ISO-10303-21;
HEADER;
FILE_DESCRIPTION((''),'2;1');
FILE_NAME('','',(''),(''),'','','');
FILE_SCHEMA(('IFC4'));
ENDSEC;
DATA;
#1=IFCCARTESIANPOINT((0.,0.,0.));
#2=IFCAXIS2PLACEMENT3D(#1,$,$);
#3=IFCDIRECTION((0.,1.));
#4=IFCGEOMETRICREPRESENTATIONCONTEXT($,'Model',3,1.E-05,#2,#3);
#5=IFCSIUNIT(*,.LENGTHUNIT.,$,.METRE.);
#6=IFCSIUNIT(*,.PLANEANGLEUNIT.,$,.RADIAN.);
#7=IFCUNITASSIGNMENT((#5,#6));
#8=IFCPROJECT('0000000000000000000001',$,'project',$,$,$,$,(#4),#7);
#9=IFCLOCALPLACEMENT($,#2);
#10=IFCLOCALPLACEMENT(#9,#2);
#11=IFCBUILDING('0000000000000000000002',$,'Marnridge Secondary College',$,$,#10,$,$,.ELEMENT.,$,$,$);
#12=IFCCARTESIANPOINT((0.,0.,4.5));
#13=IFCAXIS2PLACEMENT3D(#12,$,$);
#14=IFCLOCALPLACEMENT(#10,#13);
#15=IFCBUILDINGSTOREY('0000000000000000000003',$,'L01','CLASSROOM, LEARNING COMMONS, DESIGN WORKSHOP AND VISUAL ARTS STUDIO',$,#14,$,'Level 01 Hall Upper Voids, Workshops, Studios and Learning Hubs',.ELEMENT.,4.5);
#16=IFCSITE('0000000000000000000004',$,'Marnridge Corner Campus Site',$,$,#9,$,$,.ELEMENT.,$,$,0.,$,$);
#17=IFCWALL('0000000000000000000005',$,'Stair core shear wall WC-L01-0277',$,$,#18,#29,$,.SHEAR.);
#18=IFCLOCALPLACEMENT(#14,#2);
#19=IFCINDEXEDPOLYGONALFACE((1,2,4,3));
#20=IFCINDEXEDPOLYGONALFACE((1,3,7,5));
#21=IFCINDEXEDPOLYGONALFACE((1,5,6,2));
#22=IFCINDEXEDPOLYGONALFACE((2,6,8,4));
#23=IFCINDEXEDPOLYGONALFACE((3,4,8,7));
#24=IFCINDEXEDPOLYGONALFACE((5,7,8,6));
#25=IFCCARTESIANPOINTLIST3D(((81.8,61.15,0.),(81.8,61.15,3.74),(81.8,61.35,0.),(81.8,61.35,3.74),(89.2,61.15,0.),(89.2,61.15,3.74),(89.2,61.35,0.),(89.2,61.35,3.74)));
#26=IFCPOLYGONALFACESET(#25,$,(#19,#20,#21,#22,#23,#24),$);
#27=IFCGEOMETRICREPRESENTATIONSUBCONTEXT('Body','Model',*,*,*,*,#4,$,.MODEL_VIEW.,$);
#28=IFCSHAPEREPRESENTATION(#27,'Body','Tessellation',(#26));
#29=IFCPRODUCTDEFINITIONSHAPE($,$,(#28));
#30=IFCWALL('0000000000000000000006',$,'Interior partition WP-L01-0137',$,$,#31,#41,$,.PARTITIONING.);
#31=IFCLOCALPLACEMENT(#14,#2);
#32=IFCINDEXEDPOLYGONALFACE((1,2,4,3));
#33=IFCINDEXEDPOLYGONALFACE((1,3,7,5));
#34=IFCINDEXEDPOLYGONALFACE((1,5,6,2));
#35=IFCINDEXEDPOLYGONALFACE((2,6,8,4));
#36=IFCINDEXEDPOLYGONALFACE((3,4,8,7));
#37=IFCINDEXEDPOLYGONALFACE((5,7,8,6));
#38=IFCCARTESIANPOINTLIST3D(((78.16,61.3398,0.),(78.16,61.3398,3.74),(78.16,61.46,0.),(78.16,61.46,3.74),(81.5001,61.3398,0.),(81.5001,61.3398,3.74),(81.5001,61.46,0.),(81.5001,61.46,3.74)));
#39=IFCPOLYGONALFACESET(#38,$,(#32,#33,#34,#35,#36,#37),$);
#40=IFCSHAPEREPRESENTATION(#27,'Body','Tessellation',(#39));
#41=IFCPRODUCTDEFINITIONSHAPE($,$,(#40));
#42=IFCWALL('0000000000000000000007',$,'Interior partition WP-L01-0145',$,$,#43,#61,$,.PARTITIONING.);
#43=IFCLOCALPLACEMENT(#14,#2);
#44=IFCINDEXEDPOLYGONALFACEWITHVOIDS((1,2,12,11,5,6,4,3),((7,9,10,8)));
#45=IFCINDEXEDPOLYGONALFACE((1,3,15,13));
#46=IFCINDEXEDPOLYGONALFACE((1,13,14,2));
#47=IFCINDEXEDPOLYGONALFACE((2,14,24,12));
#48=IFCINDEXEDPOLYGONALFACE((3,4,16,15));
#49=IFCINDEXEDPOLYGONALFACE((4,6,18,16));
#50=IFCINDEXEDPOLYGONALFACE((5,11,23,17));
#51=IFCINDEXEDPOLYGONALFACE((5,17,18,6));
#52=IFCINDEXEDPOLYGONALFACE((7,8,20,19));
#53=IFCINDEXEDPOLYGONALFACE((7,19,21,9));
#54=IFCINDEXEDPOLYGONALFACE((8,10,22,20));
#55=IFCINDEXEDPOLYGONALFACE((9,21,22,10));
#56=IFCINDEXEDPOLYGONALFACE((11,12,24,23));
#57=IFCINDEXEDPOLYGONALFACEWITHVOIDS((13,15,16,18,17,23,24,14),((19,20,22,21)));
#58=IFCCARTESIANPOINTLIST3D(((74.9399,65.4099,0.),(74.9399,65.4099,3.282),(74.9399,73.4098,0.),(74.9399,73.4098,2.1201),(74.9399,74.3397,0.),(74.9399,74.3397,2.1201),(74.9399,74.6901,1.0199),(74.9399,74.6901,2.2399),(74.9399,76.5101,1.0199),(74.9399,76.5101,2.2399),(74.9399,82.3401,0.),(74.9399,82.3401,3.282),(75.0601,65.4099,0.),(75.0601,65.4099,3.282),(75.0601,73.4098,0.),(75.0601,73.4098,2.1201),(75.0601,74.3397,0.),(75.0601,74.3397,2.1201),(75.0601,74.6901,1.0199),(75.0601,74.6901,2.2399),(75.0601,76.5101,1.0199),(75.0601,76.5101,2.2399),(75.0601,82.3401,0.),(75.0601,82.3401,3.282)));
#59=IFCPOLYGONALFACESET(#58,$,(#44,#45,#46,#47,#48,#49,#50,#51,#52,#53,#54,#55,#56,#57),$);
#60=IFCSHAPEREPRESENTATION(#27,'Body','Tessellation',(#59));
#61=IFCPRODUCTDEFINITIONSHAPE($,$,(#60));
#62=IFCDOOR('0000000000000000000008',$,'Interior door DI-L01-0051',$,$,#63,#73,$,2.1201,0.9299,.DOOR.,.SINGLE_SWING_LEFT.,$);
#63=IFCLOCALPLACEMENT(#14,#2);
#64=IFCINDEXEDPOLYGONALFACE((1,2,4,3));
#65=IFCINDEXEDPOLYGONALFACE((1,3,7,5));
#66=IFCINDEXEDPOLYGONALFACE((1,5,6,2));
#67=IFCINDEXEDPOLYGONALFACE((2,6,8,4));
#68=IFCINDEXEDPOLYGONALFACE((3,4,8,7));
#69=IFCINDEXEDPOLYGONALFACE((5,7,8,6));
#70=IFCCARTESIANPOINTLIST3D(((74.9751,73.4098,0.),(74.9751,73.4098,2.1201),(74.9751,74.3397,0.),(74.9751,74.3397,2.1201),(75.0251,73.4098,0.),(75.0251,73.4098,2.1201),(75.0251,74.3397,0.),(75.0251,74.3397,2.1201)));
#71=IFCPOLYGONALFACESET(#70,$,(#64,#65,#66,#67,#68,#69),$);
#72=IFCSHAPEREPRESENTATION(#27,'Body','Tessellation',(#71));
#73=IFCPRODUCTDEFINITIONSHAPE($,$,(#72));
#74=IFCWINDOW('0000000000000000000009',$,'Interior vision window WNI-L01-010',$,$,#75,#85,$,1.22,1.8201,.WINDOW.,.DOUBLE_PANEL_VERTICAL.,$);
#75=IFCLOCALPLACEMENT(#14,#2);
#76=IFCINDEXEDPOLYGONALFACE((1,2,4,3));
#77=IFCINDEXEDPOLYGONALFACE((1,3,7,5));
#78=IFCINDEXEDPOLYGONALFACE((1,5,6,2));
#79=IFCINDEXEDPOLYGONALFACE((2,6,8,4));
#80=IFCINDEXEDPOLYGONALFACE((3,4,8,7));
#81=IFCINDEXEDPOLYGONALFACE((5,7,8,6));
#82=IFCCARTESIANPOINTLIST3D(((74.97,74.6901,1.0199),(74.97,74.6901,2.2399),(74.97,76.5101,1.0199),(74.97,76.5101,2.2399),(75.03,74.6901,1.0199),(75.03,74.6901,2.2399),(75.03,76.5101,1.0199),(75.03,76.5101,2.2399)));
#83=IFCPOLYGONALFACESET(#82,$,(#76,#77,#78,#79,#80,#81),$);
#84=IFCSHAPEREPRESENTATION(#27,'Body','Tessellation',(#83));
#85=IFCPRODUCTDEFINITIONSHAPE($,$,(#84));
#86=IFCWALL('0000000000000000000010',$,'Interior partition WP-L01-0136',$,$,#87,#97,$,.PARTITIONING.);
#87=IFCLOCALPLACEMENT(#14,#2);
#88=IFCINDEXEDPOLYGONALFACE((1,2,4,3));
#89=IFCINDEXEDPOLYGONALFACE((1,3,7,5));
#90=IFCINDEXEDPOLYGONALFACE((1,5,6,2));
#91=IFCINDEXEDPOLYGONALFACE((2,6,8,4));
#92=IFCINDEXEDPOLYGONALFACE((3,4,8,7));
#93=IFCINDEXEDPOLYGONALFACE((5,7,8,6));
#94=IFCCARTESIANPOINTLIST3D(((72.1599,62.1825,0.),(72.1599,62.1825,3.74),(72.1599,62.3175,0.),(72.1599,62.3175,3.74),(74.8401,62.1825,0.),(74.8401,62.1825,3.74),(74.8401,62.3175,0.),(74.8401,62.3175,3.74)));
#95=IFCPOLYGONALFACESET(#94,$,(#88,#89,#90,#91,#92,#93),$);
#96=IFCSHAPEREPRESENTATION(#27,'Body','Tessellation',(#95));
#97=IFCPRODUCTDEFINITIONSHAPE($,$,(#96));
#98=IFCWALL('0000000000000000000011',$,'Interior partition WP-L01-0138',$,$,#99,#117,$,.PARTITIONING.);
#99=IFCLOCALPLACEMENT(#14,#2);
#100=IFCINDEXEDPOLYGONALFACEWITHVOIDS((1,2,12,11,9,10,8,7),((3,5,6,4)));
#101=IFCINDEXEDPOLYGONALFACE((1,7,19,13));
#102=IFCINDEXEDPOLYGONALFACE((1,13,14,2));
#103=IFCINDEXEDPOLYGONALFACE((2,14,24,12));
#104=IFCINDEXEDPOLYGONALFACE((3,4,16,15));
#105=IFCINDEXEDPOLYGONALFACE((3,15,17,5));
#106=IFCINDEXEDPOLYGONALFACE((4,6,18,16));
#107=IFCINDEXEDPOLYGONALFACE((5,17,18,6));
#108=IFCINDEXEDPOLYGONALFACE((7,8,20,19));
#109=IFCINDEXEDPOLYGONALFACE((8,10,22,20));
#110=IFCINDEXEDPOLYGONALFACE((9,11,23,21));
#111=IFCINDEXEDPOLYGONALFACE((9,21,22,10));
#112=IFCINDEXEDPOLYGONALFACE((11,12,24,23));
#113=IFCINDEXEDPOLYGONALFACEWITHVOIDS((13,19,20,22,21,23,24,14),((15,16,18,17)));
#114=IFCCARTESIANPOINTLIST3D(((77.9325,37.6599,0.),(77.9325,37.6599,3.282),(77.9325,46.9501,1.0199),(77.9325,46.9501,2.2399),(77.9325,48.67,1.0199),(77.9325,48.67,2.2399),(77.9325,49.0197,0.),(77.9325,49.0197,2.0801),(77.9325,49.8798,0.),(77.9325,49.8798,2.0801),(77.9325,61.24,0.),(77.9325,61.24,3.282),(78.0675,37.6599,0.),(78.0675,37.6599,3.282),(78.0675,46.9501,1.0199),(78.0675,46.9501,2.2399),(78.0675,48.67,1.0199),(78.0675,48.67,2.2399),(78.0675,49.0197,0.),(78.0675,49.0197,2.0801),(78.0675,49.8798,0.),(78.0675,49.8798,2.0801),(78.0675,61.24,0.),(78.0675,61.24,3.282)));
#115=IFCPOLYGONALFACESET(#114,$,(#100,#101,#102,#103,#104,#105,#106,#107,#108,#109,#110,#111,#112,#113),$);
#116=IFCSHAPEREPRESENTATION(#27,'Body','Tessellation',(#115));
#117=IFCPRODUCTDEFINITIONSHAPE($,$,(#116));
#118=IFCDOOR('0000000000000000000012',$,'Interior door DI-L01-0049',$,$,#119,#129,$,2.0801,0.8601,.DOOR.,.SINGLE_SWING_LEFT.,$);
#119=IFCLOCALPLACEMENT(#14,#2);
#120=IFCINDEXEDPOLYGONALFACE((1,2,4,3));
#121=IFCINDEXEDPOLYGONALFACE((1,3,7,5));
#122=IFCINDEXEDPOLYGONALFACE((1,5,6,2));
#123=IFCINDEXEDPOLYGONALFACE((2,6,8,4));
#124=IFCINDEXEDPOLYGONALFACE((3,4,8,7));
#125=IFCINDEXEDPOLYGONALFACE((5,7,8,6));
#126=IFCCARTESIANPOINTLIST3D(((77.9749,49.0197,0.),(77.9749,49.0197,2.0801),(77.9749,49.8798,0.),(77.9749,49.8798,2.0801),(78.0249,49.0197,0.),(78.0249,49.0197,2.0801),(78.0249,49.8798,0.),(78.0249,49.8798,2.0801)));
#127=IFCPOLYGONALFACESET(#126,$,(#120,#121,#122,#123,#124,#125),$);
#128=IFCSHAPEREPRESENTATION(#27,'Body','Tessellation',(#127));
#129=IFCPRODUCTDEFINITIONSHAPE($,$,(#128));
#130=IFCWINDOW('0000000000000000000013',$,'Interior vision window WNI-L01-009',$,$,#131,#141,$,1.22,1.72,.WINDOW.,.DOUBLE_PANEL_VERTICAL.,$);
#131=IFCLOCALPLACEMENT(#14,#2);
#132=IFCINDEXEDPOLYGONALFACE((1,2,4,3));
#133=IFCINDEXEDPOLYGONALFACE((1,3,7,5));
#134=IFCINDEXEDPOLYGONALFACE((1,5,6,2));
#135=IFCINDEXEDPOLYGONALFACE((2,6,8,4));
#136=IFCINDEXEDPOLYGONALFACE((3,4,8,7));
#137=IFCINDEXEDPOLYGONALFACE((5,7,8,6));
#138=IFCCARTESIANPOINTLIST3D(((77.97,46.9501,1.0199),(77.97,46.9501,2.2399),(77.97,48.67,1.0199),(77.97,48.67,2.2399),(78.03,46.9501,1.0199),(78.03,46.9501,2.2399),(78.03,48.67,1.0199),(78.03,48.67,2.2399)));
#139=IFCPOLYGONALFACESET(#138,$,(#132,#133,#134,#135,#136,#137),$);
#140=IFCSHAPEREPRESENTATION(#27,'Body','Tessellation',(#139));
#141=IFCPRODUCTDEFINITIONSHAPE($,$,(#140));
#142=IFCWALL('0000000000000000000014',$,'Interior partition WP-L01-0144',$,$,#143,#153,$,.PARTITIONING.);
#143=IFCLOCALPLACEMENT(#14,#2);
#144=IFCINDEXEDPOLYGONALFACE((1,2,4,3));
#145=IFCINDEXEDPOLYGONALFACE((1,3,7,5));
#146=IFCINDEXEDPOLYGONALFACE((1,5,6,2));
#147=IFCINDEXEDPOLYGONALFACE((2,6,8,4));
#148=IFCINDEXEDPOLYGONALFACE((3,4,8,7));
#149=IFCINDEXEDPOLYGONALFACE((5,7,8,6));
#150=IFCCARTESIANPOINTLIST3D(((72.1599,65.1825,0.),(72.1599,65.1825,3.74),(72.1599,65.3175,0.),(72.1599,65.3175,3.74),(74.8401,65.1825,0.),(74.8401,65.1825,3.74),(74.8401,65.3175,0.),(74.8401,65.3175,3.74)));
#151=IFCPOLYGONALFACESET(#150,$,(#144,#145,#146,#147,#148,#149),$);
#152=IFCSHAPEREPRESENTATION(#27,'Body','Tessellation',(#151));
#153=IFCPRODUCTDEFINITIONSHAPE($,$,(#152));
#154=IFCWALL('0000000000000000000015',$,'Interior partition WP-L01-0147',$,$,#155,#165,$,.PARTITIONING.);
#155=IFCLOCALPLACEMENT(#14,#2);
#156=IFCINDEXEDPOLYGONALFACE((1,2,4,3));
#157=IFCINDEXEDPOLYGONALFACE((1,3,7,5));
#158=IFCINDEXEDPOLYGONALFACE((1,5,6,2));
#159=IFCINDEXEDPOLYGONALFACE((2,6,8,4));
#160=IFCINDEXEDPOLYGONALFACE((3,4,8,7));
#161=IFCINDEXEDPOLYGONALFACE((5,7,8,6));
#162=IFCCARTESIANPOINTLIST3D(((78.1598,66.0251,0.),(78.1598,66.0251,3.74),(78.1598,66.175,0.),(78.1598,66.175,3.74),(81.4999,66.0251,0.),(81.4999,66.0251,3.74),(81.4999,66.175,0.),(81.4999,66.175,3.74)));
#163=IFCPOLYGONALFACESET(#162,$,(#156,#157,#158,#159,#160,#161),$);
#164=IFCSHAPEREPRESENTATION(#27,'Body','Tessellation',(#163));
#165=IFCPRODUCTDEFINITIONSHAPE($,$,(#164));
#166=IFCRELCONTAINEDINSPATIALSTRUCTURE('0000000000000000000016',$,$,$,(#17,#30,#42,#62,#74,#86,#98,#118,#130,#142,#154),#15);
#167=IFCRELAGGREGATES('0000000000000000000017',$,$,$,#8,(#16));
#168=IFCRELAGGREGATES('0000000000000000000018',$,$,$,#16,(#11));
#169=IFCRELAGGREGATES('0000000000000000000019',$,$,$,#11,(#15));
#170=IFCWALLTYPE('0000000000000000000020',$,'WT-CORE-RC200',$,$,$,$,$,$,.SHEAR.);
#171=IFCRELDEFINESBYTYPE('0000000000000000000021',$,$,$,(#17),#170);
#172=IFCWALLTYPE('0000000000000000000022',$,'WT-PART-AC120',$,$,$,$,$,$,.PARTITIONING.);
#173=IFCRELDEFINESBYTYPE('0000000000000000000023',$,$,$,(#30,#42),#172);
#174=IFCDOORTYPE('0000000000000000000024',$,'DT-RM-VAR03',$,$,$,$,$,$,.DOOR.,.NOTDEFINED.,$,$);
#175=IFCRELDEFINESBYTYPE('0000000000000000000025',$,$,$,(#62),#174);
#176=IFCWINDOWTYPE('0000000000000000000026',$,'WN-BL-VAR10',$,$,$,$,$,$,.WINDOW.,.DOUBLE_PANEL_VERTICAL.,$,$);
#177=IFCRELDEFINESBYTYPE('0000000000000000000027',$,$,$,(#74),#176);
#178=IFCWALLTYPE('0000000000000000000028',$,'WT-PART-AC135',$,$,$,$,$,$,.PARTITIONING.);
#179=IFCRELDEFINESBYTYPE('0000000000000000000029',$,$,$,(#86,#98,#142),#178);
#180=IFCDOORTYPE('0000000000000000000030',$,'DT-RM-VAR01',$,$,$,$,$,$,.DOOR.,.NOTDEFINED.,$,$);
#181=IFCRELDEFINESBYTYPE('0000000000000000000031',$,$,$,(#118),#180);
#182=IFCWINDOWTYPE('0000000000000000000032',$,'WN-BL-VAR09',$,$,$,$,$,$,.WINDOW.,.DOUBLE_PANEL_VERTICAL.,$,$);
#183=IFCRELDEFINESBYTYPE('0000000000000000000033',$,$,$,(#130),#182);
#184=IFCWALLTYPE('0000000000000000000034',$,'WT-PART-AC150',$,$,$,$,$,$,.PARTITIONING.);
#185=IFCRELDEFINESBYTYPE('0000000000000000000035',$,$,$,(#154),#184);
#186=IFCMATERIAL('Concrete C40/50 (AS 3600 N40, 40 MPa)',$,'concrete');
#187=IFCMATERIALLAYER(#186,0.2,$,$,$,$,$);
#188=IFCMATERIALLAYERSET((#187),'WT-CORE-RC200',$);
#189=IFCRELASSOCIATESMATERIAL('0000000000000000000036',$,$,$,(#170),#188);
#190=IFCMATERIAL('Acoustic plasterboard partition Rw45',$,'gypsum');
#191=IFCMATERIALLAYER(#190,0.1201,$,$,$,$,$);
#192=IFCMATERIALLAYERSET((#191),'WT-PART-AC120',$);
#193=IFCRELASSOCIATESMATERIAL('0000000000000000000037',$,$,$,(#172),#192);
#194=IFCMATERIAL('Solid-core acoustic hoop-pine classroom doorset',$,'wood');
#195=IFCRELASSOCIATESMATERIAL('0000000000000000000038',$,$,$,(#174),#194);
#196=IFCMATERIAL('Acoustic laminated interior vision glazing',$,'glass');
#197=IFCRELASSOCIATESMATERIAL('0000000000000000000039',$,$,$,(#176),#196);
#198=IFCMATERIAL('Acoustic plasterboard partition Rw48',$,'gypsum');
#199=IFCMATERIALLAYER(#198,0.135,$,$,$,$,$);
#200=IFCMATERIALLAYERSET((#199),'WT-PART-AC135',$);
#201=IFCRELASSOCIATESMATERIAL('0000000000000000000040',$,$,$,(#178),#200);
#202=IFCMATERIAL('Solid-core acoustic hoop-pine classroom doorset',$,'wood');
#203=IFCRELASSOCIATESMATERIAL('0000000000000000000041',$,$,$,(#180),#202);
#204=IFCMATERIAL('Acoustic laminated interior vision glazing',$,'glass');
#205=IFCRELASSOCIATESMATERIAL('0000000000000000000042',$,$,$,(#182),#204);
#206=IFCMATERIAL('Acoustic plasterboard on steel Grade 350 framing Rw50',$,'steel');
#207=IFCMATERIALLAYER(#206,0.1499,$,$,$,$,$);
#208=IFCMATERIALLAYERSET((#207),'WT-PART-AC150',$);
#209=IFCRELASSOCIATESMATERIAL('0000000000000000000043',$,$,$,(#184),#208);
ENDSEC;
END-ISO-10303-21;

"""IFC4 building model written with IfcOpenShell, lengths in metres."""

from ifc_helpers import new_model, si_unit, direction, frame, frame_2d, origin, place, context, subcontext, project, spatial, rectangle, extrude, material, layer, layer_set, type_object, element, fill, save


model = new_model("IFC4")

# Units and contexts
model_context = context("Model", 3, precision=1e-05, world=origin(), true_north=direction((0.0, 1.0)))
body_context = subcontext(model_context, "Body", "Model", "MODEL_VIEW")
ifc_project = project(units=[si_unit("LENGTHUNIT", "METRE"), si_unit("PLANEANGLEUNIT", "RADIAN")], contexts=[model_context])

# Site, building, storey
site_placement = place(None, origin())
site = spatial("IfcSite", under=ifc_project, at=site_placement, Name="Marnridge Corner Campus Site", CompositionType="ELEMENT", RefElevation=0.0)
building_placement = place(site_placement, origin())
building = spatial("IfcBuilding", under=site, at=building_placement, Name="Marnridge Secondary College", CompositionType="ELEMENT")
storey_placement = place(building_placement, frame((0.0, 0.0, 4.5)))
storey = spatial("IfcBuildingStorey", under=building, at=storey_placement, Name="L01", Description="CLASSROOM, LEARNING COMMONS, DESIGN WORKSHOP AND VISUAL ARTS STUDIO", LongName="Level 01 Hall Upper Voids, Workshops, Studios and Learning Hubs", CompositionType="ELEMENT", Elevation=4.5)

# Wall
ifc_material_1 = material(Name="Concrete C40/50 (AS 3600 N40, 40 MPa)", Category="concrete")
ifc_layer_1 = layer(ifc_material_1, 0.2)
ifc_layer_set_1 = layer_set([ifc_layer_1], Name="WT-CORE-RC200")
wall_type_1 = type_object("IfcWallType", Name="WT-CORE-RC200", PredefinedType="SHEAR", material=ifc_layer_set_1)
wall_1_placement = place(storey_placement, frame((81.8, 61.25, 0.0), z_axis=(0.0, 0.0, 1.0), x_axis=(1.0, 0.0, 0.0)))
element("IfcWall", 1, at=wall_1_placement, inside=storey, type_object=wall_type_1, Name="Stair core shear wall WC-L01-0277", PredefinedType="SHEAR", context=body_context, shape_type="SweptSolid", body=[
    extrude(rectangle(XDim=7.3999, YDim=0.2, at=frame_2d((3.7, 0.0))), origin(), (0.0, 0.0, 1.0), 3.74),
])

# Wall
ifc_material_2 = material(Name="Acoustic plasterboard partition Rw45", Category="gypsum")
ifc_layer_2 = layer(ifc_material_2, 0.1201)
ifc_layer_set_2 = layer_set([ifc_layer_2], Name="WT-PART-AC120")
wall_type_2 = type_object("IfcWallType", Name="WT-PART-AC120", PredefinedType="PARTITIONING", material=ifc_layer_set_2)
wall_2_placement = place(storey_placement, frame((81.5, 61.3999, 0.0), z_axis=(0.0, 0.0, 1.0), x_axis=(-1.0, 0.0, 0.0)))
element("IfcWall", 2, at=wall_2_placement, inside=storey, type_object=wall_type_2, Name="Interior partition WP-L01-0137", PredefinedType="PARTITIONING", context=body_context, shape_type="SweptSolid", body=[
    extrude(rectangle(XDim=3.3401, YDim=0.1201, at=frame_2d((1.6699, 0.0))), origin(), (0.0, 0.0, 1.0), 3.74),
])

# Wall, openings, door, window
wall_3_placement = place(storey_placement, frame((75.0, 65.4099, 0.0), z_axis=(0.0, 0.0, 1.0), x_axis=(0.0, 1.0, 0.0)))
wall_3 = element("IfcWall", 3, at=wall_3_placement, inside=storey, type_object=wall_type_2, Name="Interior partition WP-L01-0145", PredefinedType="PARTITIONING", context=body_context, shape_type="SweptSolid", body=[
    extrude(rectangle(XDim=16.9302, YDim=0.1201, at=frame_2d((8.4651, 0.0))), origin(), (0.0, 0.0, 1.0), 3.282),
])
opening_1_placement = place(wall_3_placement, frame((8.0, 0.0, 0.0)))
opening_1 = element("IfcOpeningElement", 4, at=opening_1_placement, cuts=wall_3, PredefinedType="OPENING", context=body_context, shape_type="SweptSolid", body=[
    extrude(rectangle(XDim=0.9299, YDim=2.1201, at=frame_2d((0.4648, 1.0601))), frame((0.0, 0.0701, 0.0), z_axis=(0.0, -1.0, 0.0), x_axis=(1.0, 0.0, 0.0)), (0.0, 0.0, 1.0), 0.1401),
])
opening_2_placement = place(wall_3_placement, frame((9.28, 0.0, 1.02)))
opening_2 = element("IfcOpeningElement", 5, at=opening_2_placement, cuts=wall_3, PredefinedType="OPENING", context=body_context, shape_type="SweptSolid", body=[
    extrude(rectangle(XDim=1.8201, YDim=1.22, at=frame_2d((0.9102, 0.6099))), frame((0.0, 0.0701, 0.0), z_axis=(0.0, -1.0, 0.0), x_axis=(1.0, 0.0, 0.0)), (0.0, 0.0, 1.0), 0.1401),
])
ifc_material_3 = material(Name="Solid-core acoustic hoop-pine classroom doorset", Category="wood")
door_type_1 = type_object("IfcDoorType", Name="DT-RM-VAR03", OperationType="NOTDEFINED", PredefinedType="DOOR", material=ifc_material_3)
door_1_placement = place(opening_1_placement, origin())
door_1 = element("IfcDoor", 6, at=door_1_placement, inside=storey, type_object=door_type_1, Name="Interior door DI-L01-0051", OperationType="SINGLE_SWING_LEFT", OverallHeight=2.1201, OverallWidth=0.9299, PredefinedType="DOOR", context=body_context, shape_type="SweptSolid", body=[
    extrude(rectangle(XDim=0.9299, YDim=2.1201, at=frame_2d((0.4648, 1.0601))), frame((0.0, 0.0249, 0.0), z_axis=(0.0, -1.0, 0.0), x_axis=(1.0, 0.0, 0.0)), (0.0, 0.0, 1.0), 0.05),
])
fill(opening_1, door_1)
ifc_material_4 = material(Name="Acoustic laminated interior vision glazing", Category="glass")
window_type_1 = type_object("IfcWindowType", Name="WN-BL-VAR10", PartitioningType="DOUBLE_PANEL_VERTICAL", PredefinedType="WINDOW", material=ifc_material_4)
window_1_placement = place(opening_2_placement, origin())
window_1 = element("IfcWindow", 7, at=window_1_placement, inside=storey, type_object=window_type_1, Name="Interior vision window WNI-L01-010", OverallHeight=1.22, OverallWidth=1.8201, PartitioningType="DOUBLE_PANEL_VERTICAL", PredefinedType="WINDOW", context=body_context, shape_type="SweptSolid", body=[
    extrude(rectangle(XDim=1.8201, YDim=1.22, at=frame_2d((0.9102, 0.6099))), frame((0.0, 0.03, 0.0), z_axis=(0.0, -1.0, 0.0), x_axis=(1.0, 0.0, 0.0)), (0.0, 0.0, 1.0), 0.0601),
])
fill(opening_2, window_1)

# Wall
ifc_material_5 = material(Name="Acoustic plasterboard partition Rw48", Category="gypsum")
ifc_layer_3 = layer(ifc_material_5, 0.135)
ifc_layer_set_3 = layer_set([ifc_layer_3], Name="WT-PART-AC135")
wall_type_3 = type_object("IfcWallType", Name="WT-PART-AC135", PredefinedType="PARTITIONING", material=ifc_layer_set_3)
wall_4_placement = place(storey_placement, frame((74.8401, 62.25, 0.0), z_axis=(0.0, 0.0, 1.0), x_axis=(-1.0, 0.0, 0.0)))
element("IfcWall", 8, at=wall_4_placement, inside=storey, type_object=wall_type_3, Name="Interior partition WP-L01-0136", PredefinedType="PARTITIONING", context=body_context, shape_type="SweptSolid", body=[
    extrude(rectangle(XDim=2.6802, YDim=0.135, at=frame_2d((1.3401, 0.0))), origin(), (0.0, 0.0, 1.0), 3.74),
])

# Wall, openings, door, window
wall_5_placement = place(storey_placement, frame((78.0, 61.24, 0.0), z_axis=(0.0, 0.0, 1.0), x_axis=(0.0, -1.0, 0.0)))
wall_5 = element("IfcWall", 9, at=wall_5_placement, inside=storey, type_object=wall_type_3, Name="Interior partition WP-L01-0138", PredefinedType="PARTITIONING", context=body_context, shape_type="SweptSolid", body=[
    extrude(rectangle(XDim=23.5801, YDim=0.135, at=frame_2d((11.79, 0.0))), origin(), (0.0, 0.0, 1.0), 3.282),
])
opening_3_placement = place(wall_5_placement, frame((11.3601, 0.0, 0.0)))
opening_3 = element("IfcOpeningElement", 10, at=opening_3_placement, cuts=wall_5, PredefinedType="OPENING", context=body_context, shape_type="SweptSolid", body=[
    extrude(rectangle(XDim=0.8601, YDim=2.0801, at=frame_2d((0.4302, 1.04))), frame((0.0, 0.0774, 0.0), z_axis=(0.0, -1.0, 0.0), x_axis=(1.0, 0.0, 0.0)), (0.0, 0.0, 1.0), 0.155),
])
opening_4_placement = place(wall_5_placement, frame((12.5701, 0.0, 1.02)))
opening_4 = element("IfcOpeningElement", 11, at=opening_4_placement, cuts=wall_5, PredefinedType="OPENING", context=body_context, shape_type="SweptSolid", body=[
    extrude(rectangle(XDim=1.72, YDim=1.22, at=frame_2d((0.8599, 0.6099))), frame((0.0, 0.0774, 0.0), z_axis=(0.0, -1.0, 0.0), x_axis=(1.0, 0.0, 0.0)), (0.0, 0.0, 1.0), 0.155),
])
ifc_material_6 = material(Name="Solid-core acoustic hoop-pine classroom doorset", Category="wood")
door_type_2 = type_object("IfcDoorType", Name="DT-RM-VAR01", OperationType="NOTDEFINED", PredefinedType="DOOR", material=ifc_material_6)
door_2_placement = place(opening_3_placement, origin())
door_2 = element("IfcDoor", 12, at=door_2_placement, inside=storey, type_object=door_type_2, Name="Interior door DI-L01-0049", OperationType="SINGLE_SWING_LEFT", OverallHeight=2.0801, OverallWidth=0.8601, PredefinedType="DOOR", context=body_context, shape_type="SweptSolid", body=[
    extrude(rectangle(XDim=0.8601, YDim=2.0801, at=frame_2d((0.4302, 1.04))), frame((0.0, 0.0249, 0.0), z_axis=(0.0, -1.0, 0.0), x_axis=(1.0, 0.0, 0.0)), (0.0, 0.0, 1.0), 0.05),
])
fill(opening_3, door_2)
ifc_material_7 = material(Name="Acoustic laminated interior vision glazing", Category="glass")
window_type_2 = type_object("IfcWindowType", Name="WN-BL-VAR09", PartitioningType="DOUBLE_PANEL_VERTICAL", PredefinedType="WINDOW", material=ifc_material_7)
window_2_placement = place(opening_4_placement, origin())
window_2 = element("IfcWindow", 13, at=window_2_placement, inside=storey, type_object=window_type_2, Name="Interior vision window WNI-L01-009", OverallHeight=1.22, OverallWidth=1.72, PartitioningType="DOUBLE_PANEL_VERTICAL", PredefinedType="WINDOW", context=body_context, shape_type="SweptSolid", body=[
    extrude(rectangle(XDim=1.72, YDim=1.22, at=frame_2d((0.8599, 0.6099))), frame((0.0, 0.03, 0.0), z_axis=(0.0, -1.0, 0.0), x_axis=(1.0, 0.0, 0.0)), (0.0, 0.0, 1.0), 0.0601),
])
fill(opening_4, window_2)

# Walls
wall_6_placement = place(storey_placement, frame((72.1599, 65.25, 0.0), z_axis=(0.0, 0.0, 1.0), x_axis=(1.0, 0.0, 0.0)))
element("IfcWall", 14, at=wall_6_placement, inside=storey, type_object=wall_type_3, Name="Interior partition WP-L01-0144", PredefinedType="PARTITIONING", context=body_context, shape_type="SweptSolid", body=[
    extrude(rectangle(XDim=2.6802, YDim=0.135, at=frame_2d((1.3401, 0.0))), origin(), (0.0, 0.0, 1.0), 3.74),
])
ifc_material_8 = material(Name="Acoustic plasterboard on steel Grade 350 framing Rw50", Category="steel")
ifc_layer_4 = layer(ifc_material_8, 0.1499)
ifc_layer_set_4 = layer_set([ifc_layer_4], Name="WT-PART-AC150")
wall_type_4 = type_object("IfcWallType", Name="WT-PART-AC150", PredefinedType="PARTITIONING", material=ifc_layer_set_4)
wall_7_placement = place(storey_placement, frame((78.1599, 66.1001, 0.0), z_axis=(0.0, 0.0, 1.0), x_axis=(1.0, 0.0, 0.0)))
element("IfcWall", 15, at=wall_7_placement, inside=storey, type_object=wall_type_4, Name="Interior partition WP-L01-0147", PredefinedType="PARTITIONING", context=body_context, shape_type="SweptSolid", body=[
    extrude(rectangle(XDim=3.3401, YDim=0.1499, at=frame_2d((1.6699, 0.0))), origin(), (0.0, 0.0, 1.0), 3.74),
])

save(model, "model.ifc")
